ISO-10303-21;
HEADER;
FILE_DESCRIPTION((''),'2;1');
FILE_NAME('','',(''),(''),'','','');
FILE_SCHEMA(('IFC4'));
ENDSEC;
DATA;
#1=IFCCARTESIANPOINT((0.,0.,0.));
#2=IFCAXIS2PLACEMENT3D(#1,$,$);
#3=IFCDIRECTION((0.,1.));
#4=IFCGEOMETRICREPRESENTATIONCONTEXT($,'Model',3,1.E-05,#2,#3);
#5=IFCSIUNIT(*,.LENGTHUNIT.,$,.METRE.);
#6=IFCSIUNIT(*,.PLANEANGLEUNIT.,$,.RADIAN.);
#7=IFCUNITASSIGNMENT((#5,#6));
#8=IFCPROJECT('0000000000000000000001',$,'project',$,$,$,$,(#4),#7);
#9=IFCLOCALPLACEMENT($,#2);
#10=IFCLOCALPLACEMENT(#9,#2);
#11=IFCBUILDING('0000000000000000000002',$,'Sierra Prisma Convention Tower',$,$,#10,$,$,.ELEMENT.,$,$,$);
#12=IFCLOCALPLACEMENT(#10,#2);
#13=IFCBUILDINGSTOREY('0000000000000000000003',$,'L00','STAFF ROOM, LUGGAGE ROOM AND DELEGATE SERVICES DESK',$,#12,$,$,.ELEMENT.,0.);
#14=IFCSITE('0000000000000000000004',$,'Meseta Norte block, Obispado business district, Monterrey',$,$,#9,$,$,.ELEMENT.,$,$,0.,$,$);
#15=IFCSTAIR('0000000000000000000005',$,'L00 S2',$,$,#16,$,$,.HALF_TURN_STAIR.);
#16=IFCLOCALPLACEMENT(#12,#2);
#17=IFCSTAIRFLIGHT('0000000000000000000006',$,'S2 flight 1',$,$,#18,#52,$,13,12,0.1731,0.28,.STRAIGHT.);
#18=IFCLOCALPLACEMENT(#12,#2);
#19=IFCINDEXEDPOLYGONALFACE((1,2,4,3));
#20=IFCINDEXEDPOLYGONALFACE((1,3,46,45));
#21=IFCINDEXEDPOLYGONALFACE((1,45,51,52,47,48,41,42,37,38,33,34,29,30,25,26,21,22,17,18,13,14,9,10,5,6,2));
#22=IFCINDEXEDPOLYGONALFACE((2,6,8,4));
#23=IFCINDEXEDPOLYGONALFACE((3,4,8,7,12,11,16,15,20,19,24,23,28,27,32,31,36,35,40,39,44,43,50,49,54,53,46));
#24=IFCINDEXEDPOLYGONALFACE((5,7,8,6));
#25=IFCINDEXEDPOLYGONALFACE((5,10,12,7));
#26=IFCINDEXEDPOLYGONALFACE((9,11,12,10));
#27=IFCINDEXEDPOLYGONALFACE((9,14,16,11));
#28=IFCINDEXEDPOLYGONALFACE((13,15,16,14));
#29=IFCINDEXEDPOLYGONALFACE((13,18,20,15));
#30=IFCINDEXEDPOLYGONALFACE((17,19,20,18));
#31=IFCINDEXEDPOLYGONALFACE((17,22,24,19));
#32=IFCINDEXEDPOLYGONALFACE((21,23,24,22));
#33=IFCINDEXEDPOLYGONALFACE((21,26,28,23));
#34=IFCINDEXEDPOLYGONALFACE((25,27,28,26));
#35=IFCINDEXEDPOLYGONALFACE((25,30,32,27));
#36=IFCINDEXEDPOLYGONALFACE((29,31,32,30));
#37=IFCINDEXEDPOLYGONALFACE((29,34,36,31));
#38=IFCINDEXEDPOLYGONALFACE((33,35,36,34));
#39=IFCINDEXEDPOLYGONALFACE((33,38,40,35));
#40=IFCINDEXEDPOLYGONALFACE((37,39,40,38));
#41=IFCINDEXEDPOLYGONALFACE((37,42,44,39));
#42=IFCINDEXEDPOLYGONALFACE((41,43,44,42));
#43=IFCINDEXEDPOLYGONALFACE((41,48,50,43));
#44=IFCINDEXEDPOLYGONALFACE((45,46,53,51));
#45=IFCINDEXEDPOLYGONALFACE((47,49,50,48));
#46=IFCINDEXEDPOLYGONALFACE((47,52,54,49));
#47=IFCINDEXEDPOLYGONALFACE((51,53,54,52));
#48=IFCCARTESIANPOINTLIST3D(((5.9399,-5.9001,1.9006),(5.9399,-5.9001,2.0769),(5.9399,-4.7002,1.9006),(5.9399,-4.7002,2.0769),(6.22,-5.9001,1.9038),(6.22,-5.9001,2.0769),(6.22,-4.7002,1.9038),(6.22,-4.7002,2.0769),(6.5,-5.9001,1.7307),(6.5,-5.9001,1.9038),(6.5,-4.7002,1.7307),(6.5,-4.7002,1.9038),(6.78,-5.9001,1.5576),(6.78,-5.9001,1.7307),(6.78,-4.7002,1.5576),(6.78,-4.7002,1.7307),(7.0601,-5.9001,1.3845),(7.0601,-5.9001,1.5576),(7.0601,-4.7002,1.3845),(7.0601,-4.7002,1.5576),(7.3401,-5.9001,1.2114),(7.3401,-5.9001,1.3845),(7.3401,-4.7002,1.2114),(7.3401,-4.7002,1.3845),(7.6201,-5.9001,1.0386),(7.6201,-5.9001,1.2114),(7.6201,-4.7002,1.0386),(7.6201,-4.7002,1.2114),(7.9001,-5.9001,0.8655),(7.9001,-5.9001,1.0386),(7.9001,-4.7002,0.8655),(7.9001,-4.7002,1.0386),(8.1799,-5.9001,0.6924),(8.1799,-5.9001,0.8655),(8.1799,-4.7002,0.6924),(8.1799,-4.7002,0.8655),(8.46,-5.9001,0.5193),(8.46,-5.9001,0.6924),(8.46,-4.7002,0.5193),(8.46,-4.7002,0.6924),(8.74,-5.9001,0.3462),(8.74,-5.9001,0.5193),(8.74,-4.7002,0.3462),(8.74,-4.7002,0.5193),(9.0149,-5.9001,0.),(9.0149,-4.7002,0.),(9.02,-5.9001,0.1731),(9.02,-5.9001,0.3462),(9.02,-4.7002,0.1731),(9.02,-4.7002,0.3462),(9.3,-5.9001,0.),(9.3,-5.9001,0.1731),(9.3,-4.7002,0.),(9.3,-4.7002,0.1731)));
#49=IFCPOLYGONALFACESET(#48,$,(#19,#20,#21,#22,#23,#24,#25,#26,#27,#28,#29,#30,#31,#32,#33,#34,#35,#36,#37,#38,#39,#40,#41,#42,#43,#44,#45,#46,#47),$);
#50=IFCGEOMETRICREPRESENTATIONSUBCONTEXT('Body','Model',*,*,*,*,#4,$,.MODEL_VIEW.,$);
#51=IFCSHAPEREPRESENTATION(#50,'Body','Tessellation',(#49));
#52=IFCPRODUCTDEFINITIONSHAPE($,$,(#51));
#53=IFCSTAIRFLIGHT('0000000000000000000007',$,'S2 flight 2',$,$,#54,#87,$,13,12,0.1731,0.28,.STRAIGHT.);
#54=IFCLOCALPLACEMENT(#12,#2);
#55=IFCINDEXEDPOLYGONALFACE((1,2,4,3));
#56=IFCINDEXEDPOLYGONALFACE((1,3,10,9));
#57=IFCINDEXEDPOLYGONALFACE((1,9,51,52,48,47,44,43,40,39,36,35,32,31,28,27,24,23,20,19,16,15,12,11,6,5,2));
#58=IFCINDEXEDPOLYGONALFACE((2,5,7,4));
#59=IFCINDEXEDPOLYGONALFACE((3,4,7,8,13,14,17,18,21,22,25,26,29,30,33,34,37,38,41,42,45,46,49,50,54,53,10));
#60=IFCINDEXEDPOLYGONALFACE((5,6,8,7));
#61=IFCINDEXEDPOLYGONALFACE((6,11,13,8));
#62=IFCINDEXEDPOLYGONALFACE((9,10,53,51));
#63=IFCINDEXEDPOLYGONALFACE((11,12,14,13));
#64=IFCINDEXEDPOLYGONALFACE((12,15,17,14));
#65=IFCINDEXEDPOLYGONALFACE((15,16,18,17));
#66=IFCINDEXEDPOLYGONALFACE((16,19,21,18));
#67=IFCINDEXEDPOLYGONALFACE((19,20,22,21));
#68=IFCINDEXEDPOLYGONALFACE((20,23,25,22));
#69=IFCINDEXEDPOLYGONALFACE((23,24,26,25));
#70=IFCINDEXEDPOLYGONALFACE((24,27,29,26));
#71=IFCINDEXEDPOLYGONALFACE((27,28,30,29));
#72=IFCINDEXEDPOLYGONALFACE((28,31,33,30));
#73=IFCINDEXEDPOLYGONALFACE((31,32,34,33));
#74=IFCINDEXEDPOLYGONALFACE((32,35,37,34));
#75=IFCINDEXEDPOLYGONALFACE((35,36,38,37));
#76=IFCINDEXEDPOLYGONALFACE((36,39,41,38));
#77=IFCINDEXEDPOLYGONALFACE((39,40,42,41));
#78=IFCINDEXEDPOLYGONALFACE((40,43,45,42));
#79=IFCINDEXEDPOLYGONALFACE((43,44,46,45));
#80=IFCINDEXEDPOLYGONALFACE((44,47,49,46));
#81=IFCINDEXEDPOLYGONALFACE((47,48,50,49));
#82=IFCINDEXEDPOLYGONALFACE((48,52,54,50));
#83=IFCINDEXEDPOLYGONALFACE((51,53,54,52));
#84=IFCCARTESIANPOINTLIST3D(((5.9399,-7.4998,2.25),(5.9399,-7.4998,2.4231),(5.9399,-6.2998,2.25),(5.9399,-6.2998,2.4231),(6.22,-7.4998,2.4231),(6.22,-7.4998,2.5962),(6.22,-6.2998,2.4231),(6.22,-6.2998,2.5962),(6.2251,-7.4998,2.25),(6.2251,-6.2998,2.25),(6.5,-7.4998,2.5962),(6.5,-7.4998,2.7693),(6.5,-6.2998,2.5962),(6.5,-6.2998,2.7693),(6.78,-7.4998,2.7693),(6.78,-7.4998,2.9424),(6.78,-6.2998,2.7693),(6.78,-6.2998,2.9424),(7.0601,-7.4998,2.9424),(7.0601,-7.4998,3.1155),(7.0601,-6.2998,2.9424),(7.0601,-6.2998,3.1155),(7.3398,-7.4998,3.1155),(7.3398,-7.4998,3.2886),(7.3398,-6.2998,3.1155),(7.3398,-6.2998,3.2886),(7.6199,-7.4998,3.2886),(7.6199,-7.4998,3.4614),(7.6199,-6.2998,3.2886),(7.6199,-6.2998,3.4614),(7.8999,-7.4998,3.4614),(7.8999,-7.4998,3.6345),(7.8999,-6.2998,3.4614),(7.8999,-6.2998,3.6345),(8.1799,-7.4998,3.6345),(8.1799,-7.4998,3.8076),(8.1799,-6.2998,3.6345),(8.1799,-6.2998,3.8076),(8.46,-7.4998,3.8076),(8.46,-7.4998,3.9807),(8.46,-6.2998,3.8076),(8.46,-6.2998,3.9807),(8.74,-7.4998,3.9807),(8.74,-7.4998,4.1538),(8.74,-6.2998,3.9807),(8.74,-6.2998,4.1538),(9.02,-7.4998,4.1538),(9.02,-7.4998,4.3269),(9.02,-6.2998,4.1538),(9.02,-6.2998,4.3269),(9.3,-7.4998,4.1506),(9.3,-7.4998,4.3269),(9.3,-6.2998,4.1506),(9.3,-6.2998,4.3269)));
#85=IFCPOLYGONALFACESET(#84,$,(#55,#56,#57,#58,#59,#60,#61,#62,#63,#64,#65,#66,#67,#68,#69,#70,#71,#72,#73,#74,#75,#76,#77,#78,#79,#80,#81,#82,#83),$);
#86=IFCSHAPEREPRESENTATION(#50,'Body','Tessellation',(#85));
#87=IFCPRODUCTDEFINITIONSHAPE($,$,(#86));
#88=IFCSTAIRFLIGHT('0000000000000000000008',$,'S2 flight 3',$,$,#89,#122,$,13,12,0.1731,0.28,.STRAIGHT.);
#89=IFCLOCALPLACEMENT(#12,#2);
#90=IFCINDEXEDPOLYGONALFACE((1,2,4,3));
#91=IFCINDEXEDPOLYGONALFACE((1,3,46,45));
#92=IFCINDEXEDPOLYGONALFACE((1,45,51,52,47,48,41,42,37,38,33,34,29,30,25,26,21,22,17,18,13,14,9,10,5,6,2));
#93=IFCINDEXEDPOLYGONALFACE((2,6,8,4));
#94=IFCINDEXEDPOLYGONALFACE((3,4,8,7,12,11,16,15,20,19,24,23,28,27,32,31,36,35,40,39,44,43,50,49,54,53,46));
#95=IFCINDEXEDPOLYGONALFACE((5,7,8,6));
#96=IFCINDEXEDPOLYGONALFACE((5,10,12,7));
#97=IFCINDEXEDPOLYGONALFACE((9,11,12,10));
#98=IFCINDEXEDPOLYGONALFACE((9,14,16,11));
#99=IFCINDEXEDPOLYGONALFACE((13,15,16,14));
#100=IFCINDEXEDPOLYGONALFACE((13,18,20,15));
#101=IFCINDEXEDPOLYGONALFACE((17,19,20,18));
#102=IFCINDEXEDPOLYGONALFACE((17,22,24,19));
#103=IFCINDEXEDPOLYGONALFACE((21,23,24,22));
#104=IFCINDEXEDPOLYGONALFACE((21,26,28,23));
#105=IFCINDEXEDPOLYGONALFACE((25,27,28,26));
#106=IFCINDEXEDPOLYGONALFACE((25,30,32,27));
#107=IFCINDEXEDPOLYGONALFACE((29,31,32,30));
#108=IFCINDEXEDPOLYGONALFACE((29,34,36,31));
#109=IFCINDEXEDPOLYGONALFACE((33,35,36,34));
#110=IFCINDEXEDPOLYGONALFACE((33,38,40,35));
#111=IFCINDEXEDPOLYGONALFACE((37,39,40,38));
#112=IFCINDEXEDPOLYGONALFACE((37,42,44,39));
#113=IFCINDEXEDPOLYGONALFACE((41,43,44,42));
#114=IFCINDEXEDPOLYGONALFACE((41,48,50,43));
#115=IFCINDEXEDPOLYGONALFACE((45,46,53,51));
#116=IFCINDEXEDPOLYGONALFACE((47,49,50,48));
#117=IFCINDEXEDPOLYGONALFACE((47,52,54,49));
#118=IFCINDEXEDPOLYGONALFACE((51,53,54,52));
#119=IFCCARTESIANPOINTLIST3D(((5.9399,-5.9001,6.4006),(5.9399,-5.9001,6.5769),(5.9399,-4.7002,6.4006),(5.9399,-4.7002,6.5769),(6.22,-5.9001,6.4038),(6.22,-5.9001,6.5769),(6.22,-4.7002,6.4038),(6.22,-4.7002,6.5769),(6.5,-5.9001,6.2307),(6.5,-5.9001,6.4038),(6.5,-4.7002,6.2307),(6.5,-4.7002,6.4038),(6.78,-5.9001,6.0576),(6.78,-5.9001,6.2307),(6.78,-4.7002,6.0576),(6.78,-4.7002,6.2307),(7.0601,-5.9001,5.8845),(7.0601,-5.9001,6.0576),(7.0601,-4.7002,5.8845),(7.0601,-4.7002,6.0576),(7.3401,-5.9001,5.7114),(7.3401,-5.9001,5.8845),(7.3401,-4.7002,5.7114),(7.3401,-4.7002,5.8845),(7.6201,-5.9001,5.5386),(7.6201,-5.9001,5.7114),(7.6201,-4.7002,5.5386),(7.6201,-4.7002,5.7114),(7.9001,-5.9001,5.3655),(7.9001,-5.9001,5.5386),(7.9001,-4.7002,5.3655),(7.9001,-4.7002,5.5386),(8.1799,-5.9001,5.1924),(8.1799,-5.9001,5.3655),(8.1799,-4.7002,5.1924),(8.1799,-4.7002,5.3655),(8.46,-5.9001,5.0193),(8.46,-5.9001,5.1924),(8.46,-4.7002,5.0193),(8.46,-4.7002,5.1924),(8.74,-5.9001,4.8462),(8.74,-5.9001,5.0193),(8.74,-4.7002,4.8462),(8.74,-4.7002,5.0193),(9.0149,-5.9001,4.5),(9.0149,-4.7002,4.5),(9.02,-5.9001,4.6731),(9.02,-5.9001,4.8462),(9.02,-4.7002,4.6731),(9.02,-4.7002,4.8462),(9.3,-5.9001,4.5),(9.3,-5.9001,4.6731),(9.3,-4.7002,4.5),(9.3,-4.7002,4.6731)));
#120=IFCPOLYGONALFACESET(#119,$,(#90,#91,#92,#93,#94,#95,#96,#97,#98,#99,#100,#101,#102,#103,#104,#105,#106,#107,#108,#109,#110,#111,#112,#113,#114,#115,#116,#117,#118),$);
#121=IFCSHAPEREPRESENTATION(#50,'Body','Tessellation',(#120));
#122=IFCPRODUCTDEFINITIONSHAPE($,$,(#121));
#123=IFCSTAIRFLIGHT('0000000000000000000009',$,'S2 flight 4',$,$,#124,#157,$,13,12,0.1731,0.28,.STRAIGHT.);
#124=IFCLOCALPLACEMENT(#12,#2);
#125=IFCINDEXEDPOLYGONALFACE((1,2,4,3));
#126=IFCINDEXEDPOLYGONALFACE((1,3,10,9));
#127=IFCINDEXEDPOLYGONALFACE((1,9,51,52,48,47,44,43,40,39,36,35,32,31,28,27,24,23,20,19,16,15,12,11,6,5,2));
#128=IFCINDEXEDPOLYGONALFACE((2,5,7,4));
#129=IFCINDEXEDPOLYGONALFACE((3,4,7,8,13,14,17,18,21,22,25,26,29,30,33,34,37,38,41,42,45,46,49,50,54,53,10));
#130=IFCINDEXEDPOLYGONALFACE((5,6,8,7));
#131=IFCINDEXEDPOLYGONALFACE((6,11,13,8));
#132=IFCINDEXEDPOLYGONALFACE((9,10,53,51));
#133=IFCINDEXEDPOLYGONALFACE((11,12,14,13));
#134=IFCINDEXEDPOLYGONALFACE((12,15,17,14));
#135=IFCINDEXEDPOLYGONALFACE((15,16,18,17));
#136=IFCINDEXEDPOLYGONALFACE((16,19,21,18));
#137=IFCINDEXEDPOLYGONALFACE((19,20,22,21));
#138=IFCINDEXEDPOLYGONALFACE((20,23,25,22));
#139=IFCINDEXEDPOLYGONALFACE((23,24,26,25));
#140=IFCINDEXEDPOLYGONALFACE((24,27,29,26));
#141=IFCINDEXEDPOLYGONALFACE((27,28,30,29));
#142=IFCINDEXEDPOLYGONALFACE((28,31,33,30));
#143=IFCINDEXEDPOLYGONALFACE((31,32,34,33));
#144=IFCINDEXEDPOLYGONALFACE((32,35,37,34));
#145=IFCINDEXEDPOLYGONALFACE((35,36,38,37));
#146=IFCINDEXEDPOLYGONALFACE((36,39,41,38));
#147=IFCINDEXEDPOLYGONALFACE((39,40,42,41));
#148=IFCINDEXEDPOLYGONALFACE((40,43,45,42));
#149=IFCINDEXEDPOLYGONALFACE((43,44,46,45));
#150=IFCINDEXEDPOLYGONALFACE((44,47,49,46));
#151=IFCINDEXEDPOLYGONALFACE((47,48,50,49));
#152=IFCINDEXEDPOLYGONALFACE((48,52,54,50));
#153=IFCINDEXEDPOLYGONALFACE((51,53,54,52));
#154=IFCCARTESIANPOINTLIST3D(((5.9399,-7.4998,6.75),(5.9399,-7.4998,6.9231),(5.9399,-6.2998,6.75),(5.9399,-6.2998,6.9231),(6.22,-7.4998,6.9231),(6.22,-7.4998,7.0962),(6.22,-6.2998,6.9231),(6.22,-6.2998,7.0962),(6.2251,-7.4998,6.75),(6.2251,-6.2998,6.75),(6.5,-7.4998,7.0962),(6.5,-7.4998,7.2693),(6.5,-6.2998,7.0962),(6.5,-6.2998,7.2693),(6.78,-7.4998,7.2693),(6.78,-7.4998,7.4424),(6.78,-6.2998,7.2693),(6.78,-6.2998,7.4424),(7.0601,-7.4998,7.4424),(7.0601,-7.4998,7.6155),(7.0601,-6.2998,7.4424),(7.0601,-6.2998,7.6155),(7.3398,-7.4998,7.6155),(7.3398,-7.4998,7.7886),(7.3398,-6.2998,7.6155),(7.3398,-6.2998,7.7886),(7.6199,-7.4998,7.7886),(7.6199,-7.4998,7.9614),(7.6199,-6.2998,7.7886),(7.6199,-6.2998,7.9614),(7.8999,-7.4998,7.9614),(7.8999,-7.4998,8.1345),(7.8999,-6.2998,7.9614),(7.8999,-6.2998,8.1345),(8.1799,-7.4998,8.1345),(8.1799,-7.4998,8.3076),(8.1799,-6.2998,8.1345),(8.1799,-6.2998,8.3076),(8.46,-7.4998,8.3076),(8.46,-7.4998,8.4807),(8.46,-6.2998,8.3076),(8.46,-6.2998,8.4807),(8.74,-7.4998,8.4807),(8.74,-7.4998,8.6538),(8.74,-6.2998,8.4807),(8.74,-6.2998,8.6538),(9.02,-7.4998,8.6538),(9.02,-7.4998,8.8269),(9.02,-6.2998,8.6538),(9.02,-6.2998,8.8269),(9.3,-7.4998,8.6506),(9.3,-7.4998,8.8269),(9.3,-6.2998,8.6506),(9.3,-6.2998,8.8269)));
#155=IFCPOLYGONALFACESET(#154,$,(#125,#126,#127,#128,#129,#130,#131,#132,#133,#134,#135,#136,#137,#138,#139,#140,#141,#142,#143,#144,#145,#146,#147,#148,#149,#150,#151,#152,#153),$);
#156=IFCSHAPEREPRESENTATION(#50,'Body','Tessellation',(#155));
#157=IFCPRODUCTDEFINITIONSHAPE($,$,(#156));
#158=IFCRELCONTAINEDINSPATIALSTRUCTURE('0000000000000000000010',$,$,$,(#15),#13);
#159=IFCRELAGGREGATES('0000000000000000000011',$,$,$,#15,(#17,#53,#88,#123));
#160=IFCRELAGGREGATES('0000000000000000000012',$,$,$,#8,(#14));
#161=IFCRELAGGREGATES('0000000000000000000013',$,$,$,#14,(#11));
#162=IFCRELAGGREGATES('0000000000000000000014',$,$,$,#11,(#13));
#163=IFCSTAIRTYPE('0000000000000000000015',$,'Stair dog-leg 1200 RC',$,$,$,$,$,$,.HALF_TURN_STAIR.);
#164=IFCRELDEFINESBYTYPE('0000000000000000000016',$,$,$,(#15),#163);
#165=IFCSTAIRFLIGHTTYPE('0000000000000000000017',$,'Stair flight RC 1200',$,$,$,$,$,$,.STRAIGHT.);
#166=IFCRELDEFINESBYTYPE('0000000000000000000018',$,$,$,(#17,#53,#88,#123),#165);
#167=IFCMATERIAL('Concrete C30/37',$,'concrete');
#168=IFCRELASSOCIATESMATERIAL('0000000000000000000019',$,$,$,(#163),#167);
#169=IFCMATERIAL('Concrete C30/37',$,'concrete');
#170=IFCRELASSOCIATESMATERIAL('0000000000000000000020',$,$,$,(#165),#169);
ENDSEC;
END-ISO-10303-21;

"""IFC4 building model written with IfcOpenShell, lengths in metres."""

from ifc_helpers import new_model, si_unit, direction, frame, origin, place, context, subcontext, project, spatial, polyline, outline, extrude, material, type_object, element, aggregate, save


model = new_model("IFC4")

# Units and contexts
model_context = context("Model", 3, precision=1e-05, world=origin(), true_north=direction((0.0, 1.0)))
body_context = subcontext(model_context, "Body", "Model", "MODEL_VIEW")
ifc_project = project(units=[si_unit("LENGTHUNIT", "METRE"), si_unit("PLANEANGLEUNIT", "RADIAN")], contexts=[model_context])

# Site, building, storey
site_placement = place(None, origin())
site = spatial("IfcSite", under=ifc_project, at=site_placement, Name="Meseta Norte block, Obispado business district, Monterrey", CompositionType="ELEMENT", RefElevation=0.0)
building_placement = place(site_placement, origin())
building = spatial("IfcBuilding", under=site, at=building_placement, Name="Sierra Prisma Convention Tower", CompositionType="ELEMENT")
storey_placement = place(building_placement, origin())
storey = spatial("IfcBuildingStorey", under=building, at=storey_placement, Name="L00", Description="STAFF ROOM, LUGGAGE ROOM AND DELEGATE SERVICES DESK", CompositionType="ELEMENT", Elevation=0.0)

# Stair, stair flights
ifc_material_1 = material(Name="Concrete C30/37", Category="concrete")
stair_type = type_object("IfcStairType", Name="Stair dog-leg 1200 RC", PredefinedType="HALF_TURN_STAIR", material=ifc_material_1)
stair_placement = place(storey_placement, origin())
stair = element("IfcStair", 1, at=stair_placement, inside=storey, type_object=stair_type, Name="L00 S2", PredefinedType="HALF_TURN_STAIR")
ifc_material_2 = material(Name="Concrete C30/37", Category="concrete")
stair_flight_type = type_object("IfcStairFlightType", Name="Stair flight RC 1200", PredefinedType="STRAIGHT", material=ifc_material_2)
stair_flight_1_placement = place(storey_placement, frame((9.3, -5.3, 0.0), z_axis=(0.0, 0.0, 1.0), x_axis=(-1.0, 0.0, 0.0)))
stair_flight_1 = element("IfcStairFlight", 2, at=stair_flight_1_placement, type_object=stair_flight_type, Name="S2 flight 1", NumberOfRisers=13, NumberOfTreads=12, PredefinedType="STRAIGHT", RiserHeight=0.1731, TreadLength=0.28, context=body_context, shape_type="SweptSolid", body=[
    extrude(outline(polyline([(0.0, 0.0), (0.0, 0.1731), (0.28, 0.1731), (0.28, 0.3462), (0.5601, 0.3462), (0.5601, 0.5193), (0.8401, 0.5193), (0.8401, 0.6924), (1.1201, 0.6924), (1.1201, 0.8655), (1.3999, 0.8655), (1.3999, 1.0386), (1.6799, 1.0386), (1.6799, 1.2114), (1.96, 1.2114), (1.96, 1.3845), (2.24, 1.3845), (2.24, 1.5576), (2.52, 1.5576), (2.52, 1.7307), (2.8, 1.7307), (2.8, 1.9038), (3.0801, 1.9038), (3.0801, 2.0769), (3.3601, 2.0769), (3.3601, 2.25), (3.3601, 1.9006), (0.2852, 0.0), (0.0, 0.0)])), frame((0.0, 0.6001, 0.0), z_axis=(0.0, -1.0, 0.0), x_axis=(1.0, 0.0, 0.0)), (0.0, 0.0, 1.0), 1.2),
])
stair_flight_2_placement = place(storey_placement, frame((5.9399, -6.8999, 2.25), z_axis=(0.0, 0.0, 1.0), x_axis=(1.0, 0.0, 0.0)))
stair_flight_2 = element("IfcStairFlight", 3, at=stair_flight_2_placement, type_object=stair_flight_type, Name="S2 flight 2", NumberOfRisers=13, NumberOfTreads=12, PredefinedType="STRAIGHT", RiserHeight=0.1731, TreadLength=0.28, context=body_context, shape_type="SweptSolid", body=[
    extrude(outline(polyline([(0.0, 0.0), (0.0, 0.1731), (0.28, 0.1731), (0.28, 0.3462), (0.5601, 0.3462), (0.5601, 0.5193), (0.8401, 0.5193), (0.8401, 0.6924), (1.1201, 0.6924), (1.1201, 0.8655), (1.3999, 0.8655), (1.3999, 1.0386), (1.6799, 1.0386), (1.6799, 1.2114), (1.96, 1.2114), (1.96, 1.3845), (2.24, 1.3845), (2.24, 1.5576), (2.52, 1.5576), (2.52, 1.7307), (2.8, 1.7307), (2.8, 1.9038), (3.0801, 1.9038), (3.0801, 2.0769), (3.3601, 2.0769), (3.3601, 2.25), (3.3601, 1.9006), (0.2852, 0.0), (0.0, 0.0)])), frame((0.0, 0.6001, 0.0), z_axis=(0.0, -1.0, 0.0), x_axis=(1.0, 0.0, 0.0)), (0.0, 0.0, 1.0), 1.2),
])
stair_flight_3_placement = place(storey_placement, frame((9.3, -5.3, 4.5), z_axis=(0.0, 0.0, 1.0), x_axis=(-1.0, 0.0, 0.0)))
stair_flight_3 = element("IfcStairFlight", 4, at=stair_flight_3_placement, type_object=stair_flight_type, Name="S2 flight 3", NumberOfRisers=13, NumberOfTreads=12, PredefinedType="STRAIGHT", RiserHeight=0.1731, TreadLength=0.28, context=body_context, shape_type="SweptSolid", body=[
    extrude(outline(polyline([(0.0, 0.0), (0.0, 0.1731), (0.28, 0.1731), (0.28, 0.3462), (0.5601, 0.3462), (0.5601, 0.5193), (0.8401, 0.5193), (0.8401, 0.6924), (1.1201, 0.6924), (1.1201, 0.8655), (1.3999, 0.8655), (1.3999, 1.0386), (1.6799, 1.0386), (1.6799, 1.2114), (1.96, 1.2114), (1.96, 1.3845), (2.24, 1.3845), (2.24, 1.5576), (2.52, 1.5576), (2.52, 1.7307), (2.8, 1.7307), (2.8, 1.9038), (3.0801, 1.9038), (3.0801, 2.0769), (3.3601, 2.0769), (3.3601, 2.25), (3.3601, 1.9006), (0.2852, 0.0), (0.0, 0.0)])), frame((0.0, 0.6001, 0.0), z_axis=(0.0, -1.0, 0.0), x_axis=(1.0, 0.0, 0.0)), (0.0, 0.0, 1.0), 1.2),
])
stair_flight_4_placement = place(storey_placement, frame((5.9399, -6.8999, 6.75), z_axis=(0.0, 0.0, 1.0), x_axis=(1.0, 0.0, 0.0)))
stair_flight_4 = element("IfcStairFlight", 5, at=stair_flight_4_placement, type_object=stair_flight_type, Name="S2 flight 4", NumberOfRisers=13, NumberOfTreads=12, PredefinedType="STRAIGHT", RiserHeight=0.1731, TreadLength=0.28, context=body_context, shape_type="SweptSolid", body=[
    extrude(outline(polyline([(0.0, 0.0), (0.0, 0.1731), (0.28, 0.1731), (0.28, 0.3462), (0.5601, 0.3462), (0.5601, 0.5193), (0.8401, 0.5193), (0.8401, 0.6924), (1.1201, 0.6924), (1.1201, 0.8655), (1.3999, 0.8655), (1.3999, 1.0386), (1.6799, 1.0386), (1.6799, 1.2114), (1.96, 1.2114), (1.96, 1.3845), (2.24, 1.3845), (2.24, 1.5576), (2.52, 1.5576), (2.52, 1.7307), (2.8, 1.7307), (2.8, 1.9038), (3.0801, 1.9038), (3.0801, 2.0769), (3.3601, 2.0769), (3.3601, 2.25), (3.3601, 1.9006), (0.2852, 0.0), (0.0, 0.0)])), frame((0.0, 0.6001, 0.0), z_axis=(0.0, -1.0, 0.0), x_axis=(1.0, 0.0, 0.0)), (0.0, 0.0, 1.0), 1.2),
])
aggregate(stair, [stair_flight_1, stair_flight_2, stair_flight_3, stair_flight_4])

save(model, "model.ifc")
